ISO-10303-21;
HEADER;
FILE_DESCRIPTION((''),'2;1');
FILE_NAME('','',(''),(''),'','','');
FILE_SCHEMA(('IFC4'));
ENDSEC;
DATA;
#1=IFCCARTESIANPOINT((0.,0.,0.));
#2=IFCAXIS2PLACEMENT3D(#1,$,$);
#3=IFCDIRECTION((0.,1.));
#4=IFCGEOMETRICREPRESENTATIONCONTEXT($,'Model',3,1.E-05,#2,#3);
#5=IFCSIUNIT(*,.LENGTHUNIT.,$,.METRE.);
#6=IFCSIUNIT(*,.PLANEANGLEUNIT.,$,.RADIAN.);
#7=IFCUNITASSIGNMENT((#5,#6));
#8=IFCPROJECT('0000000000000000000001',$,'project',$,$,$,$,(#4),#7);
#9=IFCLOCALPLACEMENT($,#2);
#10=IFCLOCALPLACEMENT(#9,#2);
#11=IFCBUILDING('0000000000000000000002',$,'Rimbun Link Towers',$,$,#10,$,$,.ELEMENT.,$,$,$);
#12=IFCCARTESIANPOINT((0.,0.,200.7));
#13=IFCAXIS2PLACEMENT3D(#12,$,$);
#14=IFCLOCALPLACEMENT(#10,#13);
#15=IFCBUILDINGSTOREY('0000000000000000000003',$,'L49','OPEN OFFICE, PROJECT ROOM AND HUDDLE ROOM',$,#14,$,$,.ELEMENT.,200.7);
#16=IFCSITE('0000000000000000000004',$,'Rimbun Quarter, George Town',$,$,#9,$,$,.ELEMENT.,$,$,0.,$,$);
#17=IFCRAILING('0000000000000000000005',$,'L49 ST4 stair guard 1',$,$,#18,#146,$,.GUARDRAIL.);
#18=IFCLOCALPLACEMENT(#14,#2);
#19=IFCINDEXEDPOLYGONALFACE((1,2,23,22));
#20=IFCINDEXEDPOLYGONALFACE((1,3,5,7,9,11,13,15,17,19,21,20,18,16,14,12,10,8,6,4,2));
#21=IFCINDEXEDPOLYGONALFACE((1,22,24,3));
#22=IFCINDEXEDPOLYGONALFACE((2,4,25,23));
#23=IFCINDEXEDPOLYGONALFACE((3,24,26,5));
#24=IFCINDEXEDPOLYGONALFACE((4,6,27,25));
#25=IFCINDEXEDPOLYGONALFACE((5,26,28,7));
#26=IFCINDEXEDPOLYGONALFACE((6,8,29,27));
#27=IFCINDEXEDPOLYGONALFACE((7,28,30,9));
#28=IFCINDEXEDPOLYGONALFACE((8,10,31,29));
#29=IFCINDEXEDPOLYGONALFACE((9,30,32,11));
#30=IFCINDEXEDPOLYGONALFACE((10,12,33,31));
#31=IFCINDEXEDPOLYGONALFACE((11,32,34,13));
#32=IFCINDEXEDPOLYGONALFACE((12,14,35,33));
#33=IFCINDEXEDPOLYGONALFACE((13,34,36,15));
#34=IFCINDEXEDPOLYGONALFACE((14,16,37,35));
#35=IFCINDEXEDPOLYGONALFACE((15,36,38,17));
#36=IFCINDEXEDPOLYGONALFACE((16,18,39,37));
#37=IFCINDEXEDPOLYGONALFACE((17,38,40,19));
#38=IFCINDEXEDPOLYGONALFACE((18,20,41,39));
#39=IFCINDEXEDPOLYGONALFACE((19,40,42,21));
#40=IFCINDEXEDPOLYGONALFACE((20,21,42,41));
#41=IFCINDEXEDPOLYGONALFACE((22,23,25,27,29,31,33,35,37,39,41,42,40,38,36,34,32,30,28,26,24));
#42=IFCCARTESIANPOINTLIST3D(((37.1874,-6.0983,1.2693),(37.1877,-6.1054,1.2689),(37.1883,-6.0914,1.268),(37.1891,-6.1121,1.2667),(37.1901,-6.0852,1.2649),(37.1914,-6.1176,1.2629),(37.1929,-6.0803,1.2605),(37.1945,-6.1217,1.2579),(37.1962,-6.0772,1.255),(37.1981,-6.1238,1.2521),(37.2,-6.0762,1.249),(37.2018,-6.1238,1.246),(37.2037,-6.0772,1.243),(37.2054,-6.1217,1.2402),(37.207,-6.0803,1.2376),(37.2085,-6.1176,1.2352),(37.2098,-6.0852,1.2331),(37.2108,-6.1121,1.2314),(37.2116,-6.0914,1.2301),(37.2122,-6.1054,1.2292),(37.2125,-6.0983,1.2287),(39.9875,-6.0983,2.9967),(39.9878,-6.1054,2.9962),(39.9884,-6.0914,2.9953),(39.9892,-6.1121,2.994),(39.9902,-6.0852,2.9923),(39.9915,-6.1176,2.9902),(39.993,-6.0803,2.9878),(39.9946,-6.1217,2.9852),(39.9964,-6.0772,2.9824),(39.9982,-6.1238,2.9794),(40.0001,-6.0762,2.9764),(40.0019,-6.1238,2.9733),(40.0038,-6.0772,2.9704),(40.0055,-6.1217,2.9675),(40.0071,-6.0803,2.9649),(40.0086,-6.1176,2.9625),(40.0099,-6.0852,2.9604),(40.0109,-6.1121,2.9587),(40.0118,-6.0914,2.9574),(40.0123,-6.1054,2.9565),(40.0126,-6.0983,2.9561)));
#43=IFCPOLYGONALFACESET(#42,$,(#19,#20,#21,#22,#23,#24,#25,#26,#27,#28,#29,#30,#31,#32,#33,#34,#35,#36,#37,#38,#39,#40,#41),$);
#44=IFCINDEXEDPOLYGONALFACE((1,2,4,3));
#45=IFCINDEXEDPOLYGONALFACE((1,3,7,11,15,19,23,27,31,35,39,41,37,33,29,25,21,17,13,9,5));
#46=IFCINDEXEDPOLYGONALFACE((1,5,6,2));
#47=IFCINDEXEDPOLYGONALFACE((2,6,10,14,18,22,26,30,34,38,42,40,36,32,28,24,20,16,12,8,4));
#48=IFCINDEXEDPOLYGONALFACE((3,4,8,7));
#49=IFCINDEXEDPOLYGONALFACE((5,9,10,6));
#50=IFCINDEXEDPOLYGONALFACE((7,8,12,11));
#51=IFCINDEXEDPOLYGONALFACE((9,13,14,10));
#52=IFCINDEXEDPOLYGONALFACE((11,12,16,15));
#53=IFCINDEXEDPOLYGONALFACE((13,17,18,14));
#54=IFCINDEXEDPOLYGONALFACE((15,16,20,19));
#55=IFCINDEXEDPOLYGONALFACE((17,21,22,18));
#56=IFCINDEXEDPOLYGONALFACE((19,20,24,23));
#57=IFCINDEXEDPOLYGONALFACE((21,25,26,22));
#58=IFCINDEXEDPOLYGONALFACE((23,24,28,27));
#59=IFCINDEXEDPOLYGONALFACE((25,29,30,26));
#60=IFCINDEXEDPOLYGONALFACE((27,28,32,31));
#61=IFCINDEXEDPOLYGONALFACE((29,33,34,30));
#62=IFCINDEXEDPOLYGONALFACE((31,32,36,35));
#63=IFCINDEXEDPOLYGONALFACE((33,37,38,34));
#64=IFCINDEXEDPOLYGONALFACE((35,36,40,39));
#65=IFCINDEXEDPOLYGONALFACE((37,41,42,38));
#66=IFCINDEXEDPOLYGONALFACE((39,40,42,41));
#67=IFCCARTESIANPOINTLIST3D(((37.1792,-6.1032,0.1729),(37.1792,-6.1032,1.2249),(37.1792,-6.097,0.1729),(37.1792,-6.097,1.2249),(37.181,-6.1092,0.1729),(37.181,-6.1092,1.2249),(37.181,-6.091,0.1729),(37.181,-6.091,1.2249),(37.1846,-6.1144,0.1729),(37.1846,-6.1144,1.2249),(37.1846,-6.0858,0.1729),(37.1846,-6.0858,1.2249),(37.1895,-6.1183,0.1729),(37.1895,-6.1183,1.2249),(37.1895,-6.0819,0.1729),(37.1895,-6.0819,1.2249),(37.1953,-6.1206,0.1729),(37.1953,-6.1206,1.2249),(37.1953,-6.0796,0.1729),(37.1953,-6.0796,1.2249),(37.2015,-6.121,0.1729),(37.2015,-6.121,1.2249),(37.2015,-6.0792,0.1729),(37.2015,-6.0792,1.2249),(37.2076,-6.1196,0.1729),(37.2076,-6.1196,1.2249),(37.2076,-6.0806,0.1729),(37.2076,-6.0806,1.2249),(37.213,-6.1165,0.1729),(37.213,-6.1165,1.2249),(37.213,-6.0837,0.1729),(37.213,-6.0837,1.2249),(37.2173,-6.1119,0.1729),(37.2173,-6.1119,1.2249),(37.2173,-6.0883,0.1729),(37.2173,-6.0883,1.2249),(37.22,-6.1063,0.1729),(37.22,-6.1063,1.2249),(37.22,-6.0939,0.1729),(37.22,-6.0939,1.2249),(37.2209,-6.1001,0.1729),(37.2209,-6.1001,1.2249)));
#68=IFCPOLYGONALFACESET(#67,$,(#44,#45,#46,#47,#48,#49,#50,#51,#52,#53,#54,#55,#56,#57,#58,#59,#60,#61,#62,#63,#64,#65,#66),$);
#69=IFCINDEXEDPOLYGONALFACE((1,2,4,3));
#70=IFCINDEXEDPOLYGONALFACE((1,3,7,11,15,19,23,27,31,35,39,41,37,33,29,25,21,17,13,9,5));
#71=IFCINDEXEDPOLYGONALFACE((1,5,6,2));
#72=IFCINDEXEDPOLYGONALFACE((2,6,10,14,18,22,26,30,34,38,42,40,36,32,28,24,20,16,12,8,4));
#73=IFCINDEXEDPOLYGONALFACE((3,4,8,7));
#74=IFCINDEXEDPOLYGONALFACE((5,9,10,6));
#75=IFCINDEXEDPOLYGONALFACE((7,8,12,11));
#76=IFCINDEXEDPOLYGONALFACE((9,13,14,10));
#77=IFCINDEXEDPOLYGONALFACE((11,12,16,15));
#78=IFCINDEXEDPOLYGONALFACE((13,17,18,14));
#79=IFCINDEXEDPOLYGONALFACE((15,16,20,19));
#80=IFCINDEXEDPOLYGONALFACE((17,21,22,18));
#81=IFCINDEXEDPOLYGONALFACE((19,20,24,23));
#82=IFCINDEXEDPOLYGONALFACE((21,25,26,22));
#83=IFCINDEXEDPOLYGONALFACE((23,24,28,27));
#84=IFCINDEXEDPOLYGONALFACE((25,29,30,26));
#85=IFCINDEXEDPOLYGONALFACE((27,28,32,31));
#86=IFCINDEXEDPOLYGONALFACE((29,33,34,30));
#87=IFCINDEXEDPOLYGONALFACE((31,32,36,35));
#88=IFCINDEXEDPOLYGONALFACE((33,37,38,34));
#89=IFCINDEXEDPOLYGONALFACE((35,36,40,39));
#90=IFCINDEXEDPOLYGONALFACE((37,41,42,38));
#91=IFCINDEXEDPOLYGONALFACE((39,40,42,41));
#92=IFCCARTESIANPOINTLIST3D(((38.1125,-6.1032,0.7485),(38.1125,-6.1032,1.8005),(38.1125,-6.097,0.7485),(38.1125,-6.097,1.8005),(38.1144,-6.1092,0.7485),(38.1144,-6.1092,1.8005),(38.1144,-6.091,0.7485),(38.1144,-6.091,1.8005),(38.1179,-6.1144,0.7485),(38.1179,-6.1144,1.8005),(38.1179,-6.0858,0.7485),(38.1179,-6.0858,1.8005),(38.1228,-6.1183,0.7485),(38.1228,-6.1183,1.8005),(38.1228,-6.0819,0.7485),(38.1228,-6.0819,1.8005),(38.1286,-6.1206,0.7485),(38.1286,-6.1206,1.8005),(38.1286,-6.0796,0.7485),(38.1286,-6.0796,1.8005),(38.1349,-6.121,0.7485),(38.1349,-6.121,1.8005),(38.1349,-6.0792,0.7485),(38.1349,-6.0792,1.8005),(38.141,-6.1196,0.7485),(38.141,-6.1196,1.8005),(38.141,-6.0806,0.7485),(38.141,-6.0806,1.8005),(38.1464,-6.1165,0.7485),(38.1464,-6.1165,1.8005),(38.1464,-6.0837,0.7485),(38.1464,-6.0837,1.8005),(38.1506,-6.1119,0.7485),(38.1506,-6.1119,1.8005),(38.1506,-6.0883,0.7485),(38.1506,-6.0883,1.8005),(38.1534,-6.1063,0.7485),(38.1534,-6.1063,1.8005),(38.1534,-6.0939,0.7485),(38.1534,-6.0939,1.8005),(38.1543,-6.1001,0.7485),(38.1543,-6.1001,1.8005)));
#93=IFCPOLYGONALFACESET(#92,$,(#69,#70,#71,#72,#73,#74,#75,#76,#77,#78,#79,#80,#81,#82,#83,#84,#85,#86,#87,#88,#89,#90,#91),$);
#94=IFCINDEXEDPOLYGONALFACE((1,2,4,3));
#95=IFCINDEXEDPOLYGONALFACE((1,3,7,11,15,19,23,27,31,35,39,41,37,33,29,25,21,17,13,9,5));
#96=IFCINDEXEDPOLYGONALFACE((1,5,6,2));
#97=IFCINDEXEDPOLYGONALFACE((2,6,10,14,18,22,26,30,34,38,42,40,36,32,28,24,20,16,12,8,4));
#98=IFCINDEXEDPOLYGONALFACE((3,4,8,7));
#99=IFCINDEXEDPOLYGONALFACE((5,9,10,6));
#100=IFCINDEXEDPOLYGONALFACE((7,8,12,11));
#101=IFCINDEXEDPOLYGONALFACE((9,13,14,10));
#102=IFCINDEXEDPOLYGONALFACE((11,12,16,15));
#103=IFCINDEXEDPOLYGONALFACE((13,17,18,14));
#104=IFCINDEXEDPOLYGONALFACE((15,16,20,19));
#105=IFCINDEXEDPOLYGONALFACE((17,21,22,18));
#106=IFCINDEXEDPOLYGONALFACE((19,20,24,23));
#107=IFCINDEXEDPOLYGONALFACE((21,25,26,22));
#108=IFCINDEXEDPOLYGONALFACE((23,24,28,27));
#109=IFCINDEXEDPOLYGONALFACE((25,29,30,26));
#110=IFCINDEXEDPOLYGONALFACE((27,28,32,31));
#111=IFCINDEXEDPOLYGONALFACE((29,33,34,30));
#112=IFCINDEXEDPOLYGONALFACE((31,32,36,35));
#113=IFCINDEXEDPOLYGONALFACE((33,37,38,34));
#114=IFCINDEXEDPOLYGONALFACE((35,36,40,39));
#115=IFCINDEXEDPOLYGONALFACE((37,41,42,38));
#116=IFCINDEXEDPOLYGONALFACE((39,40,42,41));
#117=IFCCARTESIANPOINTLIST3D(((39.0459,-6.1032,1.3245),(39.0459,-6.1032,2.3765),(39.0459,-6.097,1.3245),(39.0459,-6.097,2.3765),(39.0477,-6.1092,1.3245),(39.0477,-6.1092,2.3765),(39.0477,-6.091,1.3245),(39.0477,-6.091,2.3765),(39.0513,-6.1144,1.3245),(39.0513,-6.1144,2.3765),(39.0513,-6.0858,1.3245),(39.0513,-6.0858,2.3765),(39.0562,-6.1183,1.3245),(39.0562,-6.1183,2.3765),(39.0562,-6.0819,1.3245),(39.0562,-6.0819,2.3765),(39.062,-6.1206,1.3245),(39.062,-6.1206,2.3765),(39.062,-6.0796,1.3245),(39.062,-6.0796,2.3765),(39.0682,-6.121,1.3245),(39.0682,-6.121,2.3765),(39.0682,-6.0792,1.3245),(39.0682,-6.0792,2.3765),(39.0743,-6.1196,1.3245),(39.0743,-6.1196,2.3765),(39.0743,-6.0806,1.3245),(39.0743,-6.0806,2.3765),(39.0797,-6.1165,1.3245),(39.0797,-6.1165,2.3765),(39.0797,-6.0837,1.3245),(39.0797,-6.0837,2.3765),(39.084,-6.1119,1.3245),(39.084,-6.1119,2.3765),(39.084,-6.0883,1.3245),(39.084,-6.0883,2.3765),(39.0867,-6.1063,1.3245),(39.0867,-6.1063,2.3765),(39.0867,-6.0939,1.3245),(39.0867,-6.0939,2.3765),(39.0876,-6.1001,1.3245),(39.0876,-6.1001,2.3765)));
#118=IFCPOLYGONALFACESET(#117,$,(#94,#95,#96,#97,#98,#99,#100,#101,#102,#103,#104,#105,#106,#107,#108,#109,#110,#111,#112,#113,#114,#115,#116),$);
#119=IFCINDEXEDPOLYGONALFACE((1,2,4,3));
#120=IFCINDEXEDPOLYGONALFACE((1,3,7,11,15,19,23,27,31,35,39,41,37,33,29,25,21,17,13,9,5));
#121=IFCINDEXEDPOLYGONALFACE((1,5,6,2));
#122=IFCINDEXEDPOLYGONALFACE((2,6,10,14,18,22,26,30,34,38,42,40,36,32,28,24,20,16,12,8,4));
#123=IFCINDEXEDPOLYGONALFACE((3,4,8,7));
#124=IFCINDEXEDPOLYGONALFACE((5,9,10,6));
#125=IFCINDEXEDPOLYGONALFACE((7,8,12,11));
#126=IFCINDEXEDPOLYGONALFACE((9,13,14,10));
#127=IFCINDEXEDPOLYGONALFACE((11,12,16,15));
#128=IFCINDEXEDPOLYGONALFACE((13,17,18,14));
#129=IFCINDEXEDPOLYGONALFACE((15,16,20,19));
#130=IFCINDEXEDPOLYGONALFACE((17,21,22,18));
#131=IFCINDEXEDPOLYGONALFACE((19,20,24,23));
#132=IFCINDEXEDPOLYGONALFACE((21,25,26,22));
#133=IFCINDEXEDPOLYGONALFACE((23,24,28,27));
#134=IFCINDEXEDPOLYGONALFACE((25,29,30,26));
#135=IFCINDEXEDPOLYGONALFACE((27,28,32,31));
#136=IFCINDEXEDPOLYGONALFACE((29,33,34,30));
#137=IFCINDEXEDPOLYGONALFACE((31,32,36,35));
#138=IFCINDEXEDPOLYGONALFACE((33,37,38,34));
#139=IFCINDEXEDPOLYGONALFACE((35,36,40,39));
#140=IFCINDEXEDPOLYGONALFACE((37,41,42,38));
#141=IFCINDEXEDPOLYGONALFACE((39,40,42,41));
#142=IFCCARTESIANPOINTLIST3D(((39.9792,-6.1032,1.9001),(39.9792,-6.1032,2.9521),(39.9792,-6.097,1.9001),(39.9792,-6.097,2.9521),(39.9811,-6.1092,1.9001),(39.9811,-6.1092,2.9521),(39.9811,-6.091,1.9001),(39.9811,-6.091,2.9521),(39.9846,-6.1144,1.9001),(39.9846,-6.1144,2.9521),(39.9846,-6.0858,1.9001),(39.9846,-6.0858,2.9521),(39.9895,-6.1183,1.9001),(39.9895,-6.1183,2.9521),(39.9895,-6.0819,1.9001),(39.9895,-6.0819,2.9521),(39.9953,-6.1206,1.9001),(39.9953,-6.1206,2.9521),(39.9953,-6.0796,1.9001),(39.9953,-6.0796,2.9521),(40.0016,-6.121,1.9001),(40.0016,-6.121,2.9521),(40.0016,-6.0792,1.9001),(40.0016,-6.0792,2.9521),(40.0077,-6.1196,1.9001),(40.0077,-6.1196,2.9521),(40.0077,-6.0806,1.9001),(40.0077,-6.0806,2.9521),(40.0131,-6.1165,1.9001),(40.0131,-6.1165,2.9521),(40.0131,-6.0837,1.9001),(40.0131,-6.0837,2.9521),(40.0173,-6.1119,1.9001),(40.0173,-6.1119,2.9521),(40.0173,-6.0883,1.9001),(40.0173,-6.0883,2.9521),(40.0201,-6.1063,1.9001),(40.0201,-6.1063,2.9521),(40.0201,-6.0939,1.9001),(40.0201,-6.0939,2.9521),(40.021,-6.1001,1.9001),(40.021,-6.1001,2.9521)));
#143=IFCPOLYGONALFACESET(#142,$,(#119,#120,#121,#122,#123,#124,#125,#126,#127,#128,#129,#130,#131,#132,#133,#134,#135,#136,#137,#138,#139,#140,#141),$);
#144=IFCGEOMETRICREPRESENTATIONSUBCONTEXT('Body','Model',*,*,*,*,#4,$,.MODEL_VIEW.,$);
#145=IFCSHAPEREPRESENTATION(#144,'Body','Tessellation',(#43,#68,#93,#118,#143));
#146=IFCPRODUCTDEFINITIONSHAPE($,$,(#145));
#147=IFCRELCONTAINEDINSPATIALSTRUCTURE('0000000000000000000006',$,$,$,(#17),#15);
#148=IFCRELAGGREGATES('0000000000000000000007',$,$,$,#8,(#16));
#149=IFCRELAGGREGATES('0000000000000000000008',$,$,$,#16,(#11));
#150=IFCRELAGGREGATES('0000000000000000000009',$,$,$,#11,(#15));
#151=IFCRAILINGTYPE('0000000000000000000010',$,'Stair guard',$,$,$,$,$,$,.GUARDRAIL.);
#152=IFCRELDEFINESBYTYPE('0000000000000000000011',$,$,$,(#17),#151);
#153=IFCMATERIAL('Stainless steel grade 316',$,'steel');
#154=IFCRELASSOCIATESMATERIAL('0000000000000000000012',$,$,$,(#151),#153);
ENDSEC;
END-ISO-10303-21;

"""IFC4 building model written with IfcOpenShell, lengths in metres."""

from ifc_helpers import new_model, si_unit, direction, frame, origin, origin_2d, place, context, subcontext, project, spatial, circle, extrude, material, type_object, element, save


model = new_model("IFC4")

# Units and contexts
model_context = context("Model", 3, precision=1e-05, world=origin(), true_north=direction((0.0, 1.0)))
body_context = subcontext(model_context, "Body", "Model", "MODEL_VIEW")
ifc_project = project(units=[si_unit("LENGTHUNIT", "METRE"), si_unit("PLANEANGLEUNIT", "RADIAN")], contexts=[model_context])

# Site, building, storey
site_placement = place(None, origin())
site = spatial("IfcSite", under=ifc_project, at=site_placement, Name="Rimbun Quarter, George Town", CompositionType="ELEMENT", RefElevation=0.0)
building_placement = place(site_placement, origin())
building = spatial("IfcBuilding", under=site, at=building_placement, Name="Rimbun Link Towers", CompositionType="ELEMENT")
storey_placement = place(building_placement, frame((0.0, 0.0, 200.7)))
storey = spatial("IfcBuildingStorey", under=building, at=storey_placement, Name="L49", Description="OPEN OFFICE, PROJECT ROOM AND HUDDLE ROOM", CompositionType="ELEMENT", Elevation=200.7)

# Railing
ifc_material_1 = material(Name="Stainless steel grade 316", Category="steel")
railing_type_1 = type_object("IfcRailingType", Name="Stair guard", PredefinedType="GUARDRAIL", material=ifc_material_1)
railing_1_placement = place(storey_placement, frame((37.2, -6.1001, 0.1729)))
element("IfcRailing", 1, at=railing_1_placement, inside=storey, type_object=railing_type_1, Name="L49 ST4 stair guard 1", PredefinedType="GUARDRAIL", context=body_context, shape_type="SweptSolid", body=[
    extrude(circle(Radius=0.0239, at=origin_2d()), frame((0.0, 0.0, 1.0762), z_axis=(0.85109, 0.0, 0.52502), x_axis=(0.0, 1.0, 0.0)), (0.0, 0.0, 1.0), 3.29),
    extrude(circle(Radius=0.021, at=origin_2d()), origin(), (0.0, 0.0, 1.0), 1.052),
    extrude(circle(Radius=0.021, at=origin_2d()), frame((0.9333, 0.0, 0.5757)), (0.0, 0.0, 1.0), 1.052),
    extrude(circle(Radius=0.021, at=origin_2d()), frame((1.8667, 0.0, 1.1516)), (0.0, 0.0, 1.0), 1.052),
    extrude(circle(Radius=0.021, at=origin_2d()), frame((2.8, 0.0, 1.7273)), (0.0, 0.0, 1.0), 1.052),
])

save(model, "model.ifc")
